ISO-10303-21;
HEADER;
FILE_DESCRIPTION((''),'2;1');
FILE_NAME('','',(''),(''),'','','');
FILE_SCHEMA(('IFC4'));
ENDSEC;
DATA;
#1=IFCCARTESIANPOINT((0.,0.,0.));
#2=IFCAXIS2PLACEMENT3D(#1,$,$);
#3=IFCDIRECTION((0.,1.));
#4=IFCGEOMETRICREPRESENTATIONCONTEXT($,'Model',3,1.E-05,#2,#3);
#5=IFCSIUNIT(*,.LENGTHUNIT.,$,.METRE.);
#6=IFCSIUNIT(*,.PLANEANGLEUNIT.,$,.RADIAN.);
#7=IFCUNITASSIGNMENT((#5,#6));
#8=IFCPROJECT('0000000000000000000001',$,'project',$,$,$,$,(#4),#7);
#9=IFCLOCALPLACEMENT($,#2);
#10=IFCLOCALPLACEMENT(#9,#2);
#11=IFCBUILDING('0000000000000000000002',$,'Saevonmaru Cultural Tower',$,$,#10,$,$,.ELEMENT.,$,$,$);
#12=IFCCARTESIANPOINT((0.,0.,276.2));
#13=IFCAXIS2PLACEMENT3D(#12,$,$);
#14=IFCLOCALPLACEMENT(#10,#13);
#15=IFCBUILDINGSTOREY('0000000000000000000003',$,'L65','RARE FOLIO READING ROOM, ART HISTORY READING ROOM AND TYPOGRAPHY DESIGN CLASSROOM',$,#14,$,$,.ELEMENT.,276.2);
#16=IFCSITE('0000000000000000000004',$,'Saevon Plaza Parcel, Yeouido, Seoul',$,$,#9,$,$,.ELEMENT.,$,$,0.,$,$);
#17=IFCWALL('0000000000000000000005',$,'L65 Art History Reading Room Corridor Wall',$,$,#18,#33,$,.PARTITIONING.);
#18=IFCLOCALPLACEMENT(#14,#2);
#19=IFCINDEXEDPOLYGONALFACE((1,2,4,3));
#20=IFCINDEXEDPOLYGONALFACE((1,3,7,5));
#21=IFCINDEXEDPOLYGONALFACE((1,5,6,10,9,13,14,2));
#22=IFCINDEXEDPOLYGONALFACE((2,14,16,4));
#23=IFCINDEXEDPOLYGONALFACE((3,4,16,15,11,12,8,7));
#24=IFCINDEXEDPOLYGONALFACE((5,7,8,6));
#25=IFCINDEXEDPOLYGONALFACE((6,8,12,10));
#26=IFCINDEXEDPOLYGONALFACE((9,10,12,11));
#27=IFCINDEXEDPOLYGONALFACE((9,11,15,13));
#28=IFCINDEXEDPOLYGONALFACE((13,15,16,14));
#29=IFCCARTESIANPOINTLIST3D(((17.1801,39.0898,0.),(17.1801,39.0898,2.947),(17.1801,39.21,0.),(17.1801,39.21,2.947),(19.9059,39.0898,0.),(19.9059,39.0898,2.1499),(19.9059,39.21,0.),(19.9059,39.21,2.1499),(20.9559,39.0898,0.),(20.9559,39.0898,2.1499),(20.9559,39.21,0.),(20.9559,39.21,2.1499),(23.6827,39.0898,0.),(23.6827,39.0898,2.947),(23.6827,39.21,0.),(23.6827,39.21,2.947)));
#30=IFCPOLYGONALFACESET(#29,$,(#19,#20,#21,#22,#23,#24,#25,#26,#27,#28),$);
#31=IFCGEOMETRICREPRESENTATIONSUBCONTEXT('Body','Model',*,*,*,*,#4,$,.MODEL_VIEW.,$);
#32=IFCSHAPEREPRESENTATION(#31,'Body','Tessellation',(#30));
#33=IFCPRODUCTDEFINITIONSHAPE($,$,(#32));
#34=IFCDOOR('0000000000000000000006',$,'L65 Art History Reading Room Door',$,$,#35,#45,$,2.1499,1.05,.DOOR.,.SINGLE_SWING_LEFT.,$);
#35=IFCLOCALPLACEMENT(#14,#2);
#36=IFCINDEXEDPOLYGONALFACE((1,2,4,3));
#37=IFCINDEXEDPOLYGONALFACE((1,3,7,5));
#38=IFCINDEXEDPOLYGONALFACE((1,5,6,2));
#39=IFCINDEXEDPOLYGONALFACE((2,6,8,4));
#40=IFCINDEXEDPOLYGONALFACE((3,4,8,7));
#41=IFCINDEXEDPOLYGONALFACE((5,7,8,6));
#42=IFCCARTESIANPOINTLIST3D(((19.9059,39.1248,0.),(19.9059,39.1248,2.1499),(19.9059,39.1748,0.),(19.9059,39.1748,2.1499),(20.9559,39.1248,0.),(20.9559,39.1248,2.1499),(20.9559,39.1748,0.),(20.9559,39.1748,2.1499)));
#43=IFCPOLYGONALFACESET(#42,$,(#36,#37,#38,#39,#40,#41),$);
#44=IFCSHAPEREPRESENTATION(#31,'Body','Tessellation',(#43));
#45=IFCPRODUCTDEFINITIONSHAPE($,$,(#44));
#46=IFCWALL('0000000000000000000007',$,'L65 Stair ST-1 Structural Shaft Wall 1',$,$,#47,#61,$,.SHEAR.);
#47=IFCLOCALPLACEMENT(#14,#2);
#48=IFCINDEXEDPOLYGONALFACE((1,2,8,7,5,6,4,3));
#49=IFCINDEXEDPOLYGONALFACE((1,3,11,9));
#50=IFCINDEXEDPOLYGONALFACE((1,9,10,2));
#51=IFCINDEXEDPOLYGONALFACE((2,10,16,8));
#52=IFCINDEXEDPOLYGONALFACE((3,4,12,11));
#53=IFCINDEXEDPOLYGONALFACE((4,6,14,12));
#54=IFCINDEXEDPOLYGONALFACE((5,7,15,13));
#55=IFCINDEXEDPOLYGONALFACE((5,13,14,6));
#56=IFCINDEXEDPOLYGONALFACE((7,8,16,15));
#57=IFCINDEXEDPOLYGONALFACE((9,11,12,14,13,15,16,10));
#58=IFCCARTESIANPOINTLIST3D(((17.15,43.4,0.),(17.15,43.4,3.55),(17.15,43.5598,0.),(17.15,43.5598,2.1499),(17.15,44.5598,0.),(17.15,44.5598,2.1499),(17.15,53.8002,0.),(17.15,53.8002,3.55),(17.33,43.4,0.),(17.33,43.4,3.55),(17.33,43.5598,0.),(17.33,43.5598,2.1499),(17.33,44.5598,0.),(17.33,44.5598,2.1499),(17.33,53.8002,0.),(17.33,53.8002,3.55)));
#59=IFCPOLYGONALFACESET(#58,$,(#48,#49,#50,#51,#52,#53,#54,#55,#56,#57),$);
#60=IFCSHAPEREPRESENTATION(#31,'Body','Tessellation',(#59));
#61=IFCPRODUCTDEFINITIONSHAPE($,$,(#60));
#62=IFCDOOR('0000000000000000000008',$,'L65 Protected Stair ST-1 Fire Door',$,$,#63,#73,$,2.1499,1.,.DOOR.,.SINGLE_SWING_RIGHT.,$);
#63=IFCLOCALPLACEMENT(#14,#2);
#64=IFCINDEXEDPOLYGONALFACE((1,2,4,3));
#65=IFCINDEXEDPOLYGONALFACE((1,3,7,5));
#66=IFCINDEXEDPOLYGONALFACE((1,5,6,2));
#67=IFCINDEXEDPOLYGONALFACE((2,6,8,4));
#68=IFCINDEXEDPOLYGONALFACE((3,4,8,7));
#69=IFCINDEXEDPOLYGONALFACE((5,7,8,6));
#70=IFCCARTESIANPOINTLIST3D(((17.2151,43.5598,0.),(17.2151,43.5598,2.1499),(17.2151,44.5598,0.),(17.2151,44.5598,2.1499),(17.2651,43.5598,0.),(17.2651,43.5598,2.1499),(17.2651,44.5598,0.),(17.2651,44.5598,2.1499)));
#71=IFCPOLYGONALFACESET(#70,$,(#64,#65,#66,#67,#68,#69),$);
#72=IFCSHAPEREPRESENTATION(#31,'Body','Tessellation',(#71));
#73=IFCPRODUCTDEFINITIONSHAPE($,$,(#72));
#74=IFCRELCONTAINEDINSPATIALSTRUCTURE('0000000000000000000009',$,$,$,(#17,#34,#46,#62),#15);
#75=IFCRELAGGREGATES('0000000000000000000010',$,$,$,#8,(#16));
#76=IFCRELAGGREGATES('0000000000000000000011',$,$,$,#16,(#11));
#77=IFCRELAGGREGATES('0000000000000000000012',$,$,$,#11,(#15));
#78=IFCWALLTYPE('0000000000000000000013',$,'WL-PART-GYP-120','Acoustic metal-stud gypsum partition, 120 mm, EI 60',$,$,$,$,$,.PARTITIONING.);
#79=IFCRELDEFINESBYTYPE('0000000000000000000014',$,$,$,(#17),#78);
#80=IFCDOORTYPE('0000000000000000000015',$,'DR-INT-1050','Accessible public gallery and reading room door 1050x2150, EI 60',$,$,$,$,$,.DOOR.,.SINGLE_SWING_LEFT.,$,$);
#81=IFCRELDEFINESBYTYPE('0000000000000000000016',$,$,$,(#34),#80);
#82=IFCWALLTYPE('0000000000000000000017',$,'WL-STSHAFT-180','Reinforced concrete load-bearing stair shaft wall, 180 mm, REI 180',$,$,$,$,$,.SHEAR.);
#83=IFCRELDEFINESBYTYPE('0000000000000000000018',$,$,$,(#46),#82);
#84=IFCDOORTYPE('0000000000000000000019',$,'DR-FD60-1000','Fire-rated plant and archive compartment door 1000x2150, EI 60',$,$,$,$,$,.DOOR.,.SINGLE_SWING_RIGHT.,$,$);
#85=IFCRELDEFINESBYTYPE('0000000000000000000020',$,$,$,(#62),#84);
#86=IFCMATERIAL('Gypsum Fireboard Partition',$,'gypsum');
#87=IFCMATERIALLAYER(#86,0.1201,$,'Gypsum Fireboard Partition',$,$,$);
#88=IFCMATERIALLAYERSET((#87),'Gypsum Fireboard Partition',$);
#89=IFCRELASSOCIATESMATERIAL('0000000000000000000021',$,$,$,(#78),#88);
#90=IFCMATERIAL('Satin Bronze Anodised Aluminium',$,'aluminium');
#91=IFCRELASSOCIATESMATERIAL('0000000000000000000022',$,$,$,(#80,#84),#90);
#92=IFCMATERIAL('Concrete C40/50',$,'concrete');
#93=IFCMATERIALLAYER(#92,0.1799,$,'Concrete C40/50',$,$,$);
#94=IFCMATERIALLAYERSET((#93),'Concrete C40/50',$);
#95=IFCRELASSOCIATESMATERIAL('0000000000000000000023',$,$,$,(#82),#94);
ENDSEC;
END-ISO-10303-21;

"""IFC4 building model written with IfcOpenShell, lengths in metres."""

from ifc_helpers import new_model, si_unit, direction, frame, frame_2d, origin, place, context, subcontext, project, spatial, rectangle, extrude, material, layer, layer_set, type_object, element, fill, save


model = new_model("IFC4")

# Units and contexts
model_context = context("Model", 3, precision=1e-05, world=origin(), true_north=direction((0.0, 1.0)))
body_context = subcontext(model_context, "Body", "Model", "MODEL_VIEW")
ifc_project = project(units=[si_unit("LENGTHUNIT", "METRE"), si_unit("PLANEANGLEUNIT", "RADIAN")], contexts=[model_context])

# Site, building, storey
site_placement = place(None, origin())
site = spatial("IfcSite", under=ifc_project, at=site_placement, Name="Saevon Plaza Parcel, Yeouido, Seoul", CompositionType="ELEMENT", RefElevation=0.0)
building_placement = place(site_placement, origin())
building = spatial("IfcBuilding", under=site, at=building_placement, Name="Saevonmaru Cultural Tower", CompositionType="ELEMENT")
storey_placement = place(building_placement, frame((0.0, 0.0, 276.2)))
storey = spatial("IfcBuildingStorey", under=building, at=storey_placement, Name="L65", Description="RARE FOLIO READING ROOM, ART HISTORY READING ROOM AND TYPOGRAPHY DESIGN CLASSROOM", CompositionType="ELEMENT", Elevation=276.2)

# Shared definitions
ifc_material_1 = material(Name="Satin Bronze Anodised Aluminium", Category="aluminium")

# Shared definitions
ifc_material_2 = material(Name="Gypsum Fireboard Partition", Category="gypsum")

# Walls, openings, doors
ifc_layer_1 = layer(ifc_material_2, 0.1201, Name="Gypsum Fireboard Partition")
ifc_layer_set_1 = layer_set([ifc_layer_1], Name="Gypsum Fireboard Partition")
wall_type_1 = type_object("IfcWallType", Name="WL-PART-GYP-120", Description="Acoustic metal-stud gypsum partition, 120 mm, EI 60", PredefinedType="PARTITIONING", material=ifc_layer_set_1)
door_type_1 = type_object("IfcDoorType", Name="DR-INT-1050", Description="Accessible public gallery and reading room door 1050x2150, EI 60", OperationType="SINGLE_SWING_LEFT", PredefinedType="DOOR", material=ifc_material_1)
wall_1_placement = place(storey_placement, frame((17.1799, 39.1499, 0.0), z_axis=(0.0, 0.0, 1.0), x_axis=(1.0, 0.0, 0.0)))
wall_1 = element("IfcWall", 1, at=wall_1_placement, inside=storey, type_object=wall_type_1, Name="L65 Art History Reading Room Corridor Wall", PredefinedType="PARTITIONING", context=body_context, shape_type="SweptSolid", body=[
    extrude(rectangle(XDim=6.5027, YDim=0.1201, at=frame_2d((3.2515, 0.0))), origin(), (0.0, 0.0, 1.0), 2.947),
])
opening_1_placement = place(wall_1_placement, frame((2.7261, 0.0, 0.0)))
opening_1 = element("IfcOpeningElement", 2, at=opening_1_placement, cuts=wall_1, PredefinedType="OPENING", context=body_context, shape_type="SweptSolid", body=[
    extrude(rectangle(XDim=1.05, YDim=2.1499, at=frame_2d((0.5249, 1.075))), frame((0.0, 0.0701, 0.0), z_axis=(0.0, -1.0, 0.0), x_axis=(1.0, 0.0, 0.0)), (0.0, 0.0, 1.0), 0.1401),
])
door_1_placement = place(opening_1_placement, origin())
door_1 = element("IfcDoor", 3, at=door_1_placement, inside=storey, type_object=door_type_1, Name="L65 Art History Reading Room Door", OperationType="SINGLE_SWING_LEFT", OverallHeight=2.1499, OverallWidth=1.05, PredefinedType="DOOR", context=body_context, shape_type="SweptSolid", body=[
    extrude(rectangle(XDim=1.05, YDim=2.1499, at=frame_2d((0.5249, 1.075))), frame((0.0, 0.0249, 0.0), z_axis=(0.0, -1.0, 0.0), x_axis=(1.0, 0.0, 0.0)), (0.0, 0.0, 1.0), 0.05),
])
fill(opening_1, door_1)
ifc_material_3 = material(Name="Concrete C40/50", Category="concrete")
ifc_layer_2 = layer(ifc_material_3, 0.1799, Name="Concrete C40/50")
ifc_layer_set_2 = layer_set([ifc_layer_2], Name="Concrete C40/50")
wall_type_2 = type_object("IfcWallType", Name="WL-STSHAFT-180", Description="Reinforced concrete load-bearing stair shaft wall, 180 mm, REI 180", PredefinedType="SHEAR", material=ifc_layer_set_2)
wall_2_placement = place(storey_placement, frame((17.24, 43.3999, 0.0), z_axis=(0.0, 0.0, 1.0), x_axis=(0.0, 1.0, 0.0)))
wall_2 = element("IfcWall", 4, at=wall_2_placement, inside=storey, type_object=wall_type_2, Name="L65 Stair ST-1 Structural Shaft Wall 1", PredefinedType="SHEAR", context=body_context, shape_type="SweptSolid", body=[
    extrude(rectangle(XDim=10.4001, YDim=0.1799, at=frame_2d((5.2002, 0.0))), origin(), (0.0, 0.0, 1.0), 3.55),
])
opening_2_placement = place(wall_2_placement, frame((0.1599, 0.0, 0.0)))
opening_2 = element("IfcOpeningElement", 5, at=opening_2_placement, cuts=wall_2, PredefinedType="OPENING", context=body_context, shape_type="SweptSolid", body=[
    extrude(rectangle(XDim=1.0, YDim=2.1499, at=frame_2d((0.5, 1.075))), frame((0.0, 0.1001, 0.0), z_axis=(0.0, -1.0, 0.0), x_axis=(1.0, 0.0, 0.0)), (0.0, 0.0, 1.0), 0.2),
])
door_type_2 = type_object("IfcDoorType", Name="DR-FD60-1000", Description="Fire-rated plant and archive compartment door 1000x2150, EI 60", OperationType="SINGLE_SWING_RIGHT", PredefinedType="DOOR", material=ifc_material_1)
door_2_placement = place(opening_2_placement, origin())
door_2 = element("IfcDoor", 6, at=door_2_placement, inside=storey, type_object=door_type_2, Name="L65 Protected Stair ST-1 Fire Door", OperationType="SINGLE_SWING_RIGHT", OverallHeight=2.1499, OverallWidth=1.0, PredefinedType="DOOR", context=body_context, shape_type="SweptSolid", body=[
    extrude(rectangle(XDim=1.0, YDim=2.1499, at=frame_2d((0.5, 1.075))), frame((0.0, 0.0249, 0.0), z_axis=(0.0, -1.0, 0.0), x_axis=(1.0, 0.0, 0.0)), (0.0, 0.0, 1.0), 0.05),
])
fill(opening_2, door_2)

save(model, "model.ifc")
